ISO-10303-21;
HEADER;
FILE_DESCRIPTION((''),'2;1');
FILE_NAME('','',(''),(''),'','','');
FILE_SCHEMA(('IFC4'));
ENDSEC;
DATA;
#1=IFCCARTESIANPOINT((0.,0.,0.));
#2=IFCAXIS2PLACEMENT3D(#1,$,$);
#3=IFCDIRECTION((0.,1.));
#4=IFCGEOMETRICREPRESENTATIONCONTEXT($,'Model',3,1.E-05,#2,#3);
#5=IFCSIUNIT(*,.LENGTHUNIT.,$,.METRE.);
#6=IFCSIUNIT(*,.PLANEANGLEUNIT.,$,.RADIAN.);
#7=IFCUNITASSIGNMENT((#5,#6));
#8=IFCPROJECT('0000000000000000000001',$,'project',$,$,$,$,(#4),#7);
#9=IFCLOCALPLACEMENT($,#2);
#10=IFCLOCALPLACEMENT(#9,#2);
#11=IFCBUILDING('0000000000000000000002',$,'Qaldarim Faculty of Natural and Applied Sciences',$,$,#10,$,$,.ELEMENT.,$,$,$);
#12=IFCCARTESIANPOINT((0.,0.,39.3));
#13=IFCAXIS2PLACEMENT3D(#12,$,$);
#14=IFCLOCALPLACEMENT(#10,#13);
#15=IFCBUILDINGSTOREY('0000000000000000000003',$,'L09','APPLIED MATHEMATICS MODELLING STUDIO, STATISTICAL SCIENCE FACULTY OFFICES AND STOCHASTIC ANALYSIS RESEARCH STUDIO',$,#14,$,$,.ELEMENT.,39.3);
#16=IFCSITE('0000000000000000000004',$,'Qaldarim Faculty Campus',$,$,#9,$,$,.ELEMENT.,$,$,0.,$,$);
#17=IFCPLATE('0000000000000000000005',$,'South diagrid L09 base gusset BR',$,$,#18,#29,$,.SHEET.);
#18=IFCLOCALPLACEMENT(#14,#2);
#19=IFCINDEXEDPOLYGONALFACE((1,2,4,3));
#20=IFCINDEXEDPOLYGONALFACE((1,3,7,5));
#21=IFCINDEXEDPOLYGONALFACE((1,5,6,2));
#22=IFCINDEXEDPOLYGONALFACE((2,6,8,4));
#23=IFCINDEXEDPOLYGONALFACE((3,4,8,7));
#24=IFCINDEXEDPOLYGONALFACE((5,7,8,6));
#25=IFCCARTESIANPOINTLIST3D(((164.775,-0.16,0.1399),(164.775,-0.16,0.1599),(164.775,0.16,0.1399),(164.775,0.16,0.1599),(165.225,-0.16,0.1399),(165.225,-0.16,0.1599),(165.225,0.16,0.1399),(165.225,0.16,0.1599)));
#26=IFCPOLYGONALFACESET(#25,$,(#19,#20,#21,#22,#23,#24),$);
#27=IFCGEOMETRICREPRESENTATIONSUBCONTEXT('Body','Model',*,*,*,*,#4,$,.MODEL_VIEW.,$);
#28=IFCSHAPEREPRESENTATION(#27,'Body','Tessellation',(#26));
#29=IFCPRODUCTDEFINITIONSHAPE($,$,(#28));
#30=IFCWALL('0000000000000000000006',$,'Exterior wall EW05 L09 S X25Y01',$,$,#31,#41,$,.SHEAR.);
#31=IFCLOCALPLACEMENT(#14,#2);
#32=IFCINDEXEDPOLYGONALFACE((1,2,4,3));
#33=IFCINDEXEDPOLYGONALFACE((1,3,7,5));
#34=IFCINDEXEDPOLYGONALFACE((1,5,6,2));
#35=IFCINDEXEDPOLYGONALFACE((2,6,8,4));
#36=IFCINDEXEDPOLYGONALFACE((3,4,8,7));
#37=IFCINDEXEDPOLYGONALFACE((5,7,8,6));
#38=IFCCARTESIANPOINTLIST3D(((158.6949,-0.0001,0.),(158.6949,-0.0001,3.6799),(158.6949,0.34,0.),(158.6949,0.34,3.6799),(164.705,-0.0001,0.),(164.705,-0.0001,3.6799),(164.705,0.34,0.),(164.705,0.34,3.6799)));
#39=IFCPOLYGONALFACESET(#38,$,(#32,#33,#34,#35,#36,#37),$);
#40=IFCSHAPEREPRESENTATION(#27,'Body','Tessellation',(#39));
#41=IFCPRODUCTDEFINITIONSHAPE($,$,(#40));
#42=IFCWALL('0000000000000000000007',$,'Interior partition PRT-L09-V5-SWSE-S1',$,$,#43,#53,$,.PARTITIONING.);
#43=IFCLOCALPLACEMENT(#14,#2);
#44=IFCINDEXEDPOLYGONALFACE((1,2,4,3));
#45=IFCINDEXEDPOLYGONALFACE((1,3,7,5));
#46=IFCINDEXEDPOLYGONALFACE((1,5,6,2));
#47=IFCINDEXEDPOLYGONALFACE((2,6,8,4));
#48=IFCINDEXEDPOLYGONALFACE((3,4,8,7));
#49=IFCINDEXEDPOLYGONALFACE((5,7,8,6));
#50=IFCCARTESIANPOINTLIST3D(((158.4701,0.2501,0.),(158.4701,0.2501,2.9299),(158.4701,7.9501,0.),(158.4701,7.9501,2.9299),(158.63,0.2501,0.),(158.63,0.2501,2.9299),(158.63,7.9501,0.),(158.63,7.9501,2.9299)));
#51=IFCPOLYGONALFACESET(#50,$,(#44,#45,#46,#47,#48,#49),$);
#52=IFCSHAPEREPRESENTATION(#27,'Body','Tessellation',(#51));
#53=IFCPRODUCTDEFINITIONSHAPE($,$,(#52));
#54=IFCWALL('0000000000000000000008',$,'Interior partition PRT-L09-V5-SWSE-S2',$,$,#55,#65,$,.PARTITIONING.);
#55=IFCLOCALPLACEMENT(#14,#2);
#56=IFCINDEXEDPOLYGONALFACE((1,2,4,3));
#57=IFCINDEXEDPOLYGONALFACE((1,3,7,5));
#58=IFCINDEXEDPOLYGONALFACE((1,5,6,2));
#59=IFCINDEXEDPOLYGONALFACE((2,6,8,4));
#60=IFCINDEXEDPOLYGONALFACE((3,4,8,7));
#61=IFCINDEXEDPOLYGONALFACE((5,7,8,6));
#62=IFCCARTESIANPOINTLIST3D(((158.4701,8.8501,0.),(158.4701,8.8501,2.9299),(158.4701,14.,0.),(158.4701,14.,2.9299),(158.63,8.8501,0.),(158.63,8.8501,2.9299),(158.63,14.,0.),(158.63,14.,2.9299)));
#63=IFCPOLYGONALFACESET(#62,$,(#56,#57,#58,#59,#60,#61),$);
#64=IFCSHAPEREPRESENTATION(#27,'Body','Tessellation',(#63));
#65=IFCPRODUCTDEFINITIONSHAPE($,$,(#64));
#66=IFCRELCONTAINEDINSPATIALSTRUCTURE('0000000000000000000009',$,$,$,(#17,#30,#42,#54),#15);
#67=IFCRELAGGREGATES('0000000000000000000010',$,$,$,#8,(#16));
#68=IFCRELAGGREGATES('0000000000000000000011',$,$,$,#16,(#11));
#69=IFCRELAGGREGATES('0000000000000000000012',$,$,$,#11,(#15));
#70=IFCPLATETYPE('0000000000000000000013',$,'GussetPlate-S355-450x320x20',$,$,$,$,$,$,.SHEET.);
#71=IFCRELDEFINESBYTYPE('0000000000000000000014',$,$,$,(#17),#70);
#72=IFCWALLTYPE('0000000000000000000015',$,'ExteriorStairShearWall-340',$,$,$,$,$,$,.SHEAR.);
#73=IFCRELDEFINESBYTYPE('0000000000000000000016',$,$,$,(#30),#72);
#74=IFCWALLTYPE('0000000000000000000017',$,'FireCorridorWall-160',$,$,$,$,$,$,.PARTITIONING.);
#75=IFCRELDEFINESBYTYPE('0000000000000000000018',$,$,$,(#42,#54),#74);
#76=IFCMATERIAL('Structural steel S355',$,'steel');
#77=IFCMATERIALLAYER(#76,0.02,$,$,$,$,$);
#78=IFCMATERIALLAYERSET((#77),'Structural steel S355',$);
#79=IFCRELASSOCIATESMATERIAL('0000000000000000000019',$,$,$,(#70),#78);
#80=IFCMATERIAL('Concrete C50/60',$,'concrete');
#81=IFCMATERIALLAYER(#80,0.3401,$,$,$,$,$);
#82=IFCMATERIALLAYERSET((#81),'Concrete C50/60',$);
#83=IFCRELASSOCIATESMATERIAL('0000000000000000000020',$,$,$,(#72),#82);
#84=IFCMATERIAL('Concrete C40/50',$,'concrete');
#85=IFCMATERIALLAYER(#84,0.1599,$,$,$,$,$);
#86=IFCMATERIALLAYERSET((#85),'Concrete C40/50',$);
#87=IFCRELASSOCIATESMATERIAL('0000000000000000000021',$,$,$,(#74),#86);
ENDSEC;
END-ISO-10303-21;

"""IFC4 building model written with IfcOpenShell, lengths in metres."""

from ifc_helpers import new_model, si_unit, direction, frame, frame_2d, origin, origin_2d, place, context, subcontext, project, spatial, rectangle, extrude, material, layer, layer_set, type_object, element, save


model = new_model("IFC4")

# Units and contexts
model_context = context("Model", 3, precision=1e-05, world=origin(), true_north=direction((0.0, 1.0)))
body_context = subcontext(model_context, "Body", "Model", "MODEL_VIEW")
ifc_project = project(units=[si_unit("LENGTHUNIT", "METRE"), si_unit("PLANEANGLEUNIT", "RADIAN")], contexts=[model_context])

# Site, building, storey
site_placement = place(None, origin())
site = spatial("IfcSite", under=ifc_project, at=site_placement, Name="Qaldarim Faculty Campus", CompositionType="ELEMENT", RefElevation=0.0)
building_placement = place(site_placement, origin())
building = spatial("IfcBuilding", under=site, at=building_placement, Name="Qaldarim Faculty of Natural and Applied Sciences", CompositionType="ELEMENT")
storey_placement = place(building_placement, frame((0.0, 0.0, 39.3)))
storey = spatial("IfcBuildingStorey", under=building, at=storey_placement, Name="L09", Description="APPLIED MATHEMATICS MODELLING STUDIO, STATISTICAL SCIENCE FACULTY OFFICES AND STOCHASTIC ANALYSIS RESEARCH STUDIO", CompositionType="ELEMENT", Elevation=39.3)

# Shared definitions
ifc_material_1 = material(Name="Concrete C50/60", Category="concrete")

# Shared definitions
ifc_material_2 = material(Name="Concrete C40/50", Category="concrete")

# Shared definitions
ifc_material_3 = material(Name="Structural steel S355", Category="steel")

# Plate
ifc_layer_1 = layer(ifc_material_3, 0.02)
ifc_layer_set_1 = layer_set([ifc_layer_1], Name="Structural steel S355")
plate_type = type_object("IfcPlateType", Name="GussetPlate-S355-450x320x20", PredefinedType="SHEET", material=ifc_layer_set_1)
for number, where, z_axis, x_axis, name in (
    (1, (165.0, 0.0, 0.1399), (0.0, 0.0, 1.0), (1.0, 0.0, 0.0), "South diagrid L09 base gusset BR"),
):
    element("IfcPlate", number, at=place(storey_placement, frame(where, z_axis=z_axis, x_axis=x_axis)), inside=storey, type_object=plate_type, Name=name, PredefinedType="SHEET", context=body_context, shape_type="SweptSolid", body=[
        extrude(rectangle(XDim=0.45, YDim=0.3201, at=origin_2d()), origin(), (0.0, 0.0, 1.0), 0.02),
    ])

# Walls
ifc_layer_2 = layer(ifc_material_1, 0.3401)
ifc_layer_set_2 = layer_set([ifc_layer_2], Name="Concrete C50/60")
wall_type_1 = type_object("IfcWallType", Name="ExteriorStairShearWall-340", PredefinedType="SHEAR", material=ifc_layer_set_2)
wall_1_placement = place(storey_placement, frame((158.6951, 0.1699, 0.0), z_axis=(0.0, 0.0, 1.0), x_axis=(1.0, 0.0, 0.0)))
element("IfcWall", 2, at=wall_1_placement, inside=storey, type_object=wall_type_1, Name="Exterior wall EW05 L09 S X25Y01", PredefinedType="SHEAR", context=body_context, shape_type="SweptSolid", body=[
    extrude(rectangle(XDim=6.01, YDim=0.3401, at=frame_2d((3.0049, 0.0))), origin(), (0.0, 0.0, 1.0), 3.6799),
])
ifc_layer_3 = layer(ifc_material_2, 0.1599)
ifc_layer_set_3 = layer_set([ifc_layer_3], Name="Concrete C40/50")
wall_type_2 = type_object("IfcWallType", Name="FireCorridorWall-160", PredefinedType="PARTITIONING", material=ifc_layer_set_3)
wall_2_placement = place(storey_placement, frame((158.55, 0.25, 0.0), z_axis=(0.0, 0.0, 1.0), x_axis=(0.0, 1.0, 0.0)))
element("IfcWall", 3, at=wall_2_placement, inside=storey, type_object=wall_type_2, Name="Interior partition PRT-L09-V5-SWSE-S1", PredefinedType="PARTITIONING", context=body_context, shape_type="SweptSolid", body=[
    extrude(rectangle(XDim=7.7, YDim=0.1599, at=frame_2d((3.8501, 0.0))), origin(), (0.0, 0.0, 1.0), 2.9299),
])
wall_3_placement = place(storey_placement, frame((158.55, 8.8501, 0.0), z_axis=(0.0, 0.0, 1.0), x_axis=(0.0, 1.0, 0.0)))
element("IfcWall", 4, at=wall_3_placement, inside=storey, type_object=wall_type_2, Name="Interior partition PRT-L09-V5-SWSE-S2", PredefinedType="PARTITIONING", context=body_context, shape_type="SweptSolid", body=[
    extrude(rectangle(XDim=5.1499, YDim=0.1599, at=frame_2d((2.575, 0.0))), origin(), (0.0, 0.0, 1.0), 2.9299),
])

save(model, "model.ifc")
